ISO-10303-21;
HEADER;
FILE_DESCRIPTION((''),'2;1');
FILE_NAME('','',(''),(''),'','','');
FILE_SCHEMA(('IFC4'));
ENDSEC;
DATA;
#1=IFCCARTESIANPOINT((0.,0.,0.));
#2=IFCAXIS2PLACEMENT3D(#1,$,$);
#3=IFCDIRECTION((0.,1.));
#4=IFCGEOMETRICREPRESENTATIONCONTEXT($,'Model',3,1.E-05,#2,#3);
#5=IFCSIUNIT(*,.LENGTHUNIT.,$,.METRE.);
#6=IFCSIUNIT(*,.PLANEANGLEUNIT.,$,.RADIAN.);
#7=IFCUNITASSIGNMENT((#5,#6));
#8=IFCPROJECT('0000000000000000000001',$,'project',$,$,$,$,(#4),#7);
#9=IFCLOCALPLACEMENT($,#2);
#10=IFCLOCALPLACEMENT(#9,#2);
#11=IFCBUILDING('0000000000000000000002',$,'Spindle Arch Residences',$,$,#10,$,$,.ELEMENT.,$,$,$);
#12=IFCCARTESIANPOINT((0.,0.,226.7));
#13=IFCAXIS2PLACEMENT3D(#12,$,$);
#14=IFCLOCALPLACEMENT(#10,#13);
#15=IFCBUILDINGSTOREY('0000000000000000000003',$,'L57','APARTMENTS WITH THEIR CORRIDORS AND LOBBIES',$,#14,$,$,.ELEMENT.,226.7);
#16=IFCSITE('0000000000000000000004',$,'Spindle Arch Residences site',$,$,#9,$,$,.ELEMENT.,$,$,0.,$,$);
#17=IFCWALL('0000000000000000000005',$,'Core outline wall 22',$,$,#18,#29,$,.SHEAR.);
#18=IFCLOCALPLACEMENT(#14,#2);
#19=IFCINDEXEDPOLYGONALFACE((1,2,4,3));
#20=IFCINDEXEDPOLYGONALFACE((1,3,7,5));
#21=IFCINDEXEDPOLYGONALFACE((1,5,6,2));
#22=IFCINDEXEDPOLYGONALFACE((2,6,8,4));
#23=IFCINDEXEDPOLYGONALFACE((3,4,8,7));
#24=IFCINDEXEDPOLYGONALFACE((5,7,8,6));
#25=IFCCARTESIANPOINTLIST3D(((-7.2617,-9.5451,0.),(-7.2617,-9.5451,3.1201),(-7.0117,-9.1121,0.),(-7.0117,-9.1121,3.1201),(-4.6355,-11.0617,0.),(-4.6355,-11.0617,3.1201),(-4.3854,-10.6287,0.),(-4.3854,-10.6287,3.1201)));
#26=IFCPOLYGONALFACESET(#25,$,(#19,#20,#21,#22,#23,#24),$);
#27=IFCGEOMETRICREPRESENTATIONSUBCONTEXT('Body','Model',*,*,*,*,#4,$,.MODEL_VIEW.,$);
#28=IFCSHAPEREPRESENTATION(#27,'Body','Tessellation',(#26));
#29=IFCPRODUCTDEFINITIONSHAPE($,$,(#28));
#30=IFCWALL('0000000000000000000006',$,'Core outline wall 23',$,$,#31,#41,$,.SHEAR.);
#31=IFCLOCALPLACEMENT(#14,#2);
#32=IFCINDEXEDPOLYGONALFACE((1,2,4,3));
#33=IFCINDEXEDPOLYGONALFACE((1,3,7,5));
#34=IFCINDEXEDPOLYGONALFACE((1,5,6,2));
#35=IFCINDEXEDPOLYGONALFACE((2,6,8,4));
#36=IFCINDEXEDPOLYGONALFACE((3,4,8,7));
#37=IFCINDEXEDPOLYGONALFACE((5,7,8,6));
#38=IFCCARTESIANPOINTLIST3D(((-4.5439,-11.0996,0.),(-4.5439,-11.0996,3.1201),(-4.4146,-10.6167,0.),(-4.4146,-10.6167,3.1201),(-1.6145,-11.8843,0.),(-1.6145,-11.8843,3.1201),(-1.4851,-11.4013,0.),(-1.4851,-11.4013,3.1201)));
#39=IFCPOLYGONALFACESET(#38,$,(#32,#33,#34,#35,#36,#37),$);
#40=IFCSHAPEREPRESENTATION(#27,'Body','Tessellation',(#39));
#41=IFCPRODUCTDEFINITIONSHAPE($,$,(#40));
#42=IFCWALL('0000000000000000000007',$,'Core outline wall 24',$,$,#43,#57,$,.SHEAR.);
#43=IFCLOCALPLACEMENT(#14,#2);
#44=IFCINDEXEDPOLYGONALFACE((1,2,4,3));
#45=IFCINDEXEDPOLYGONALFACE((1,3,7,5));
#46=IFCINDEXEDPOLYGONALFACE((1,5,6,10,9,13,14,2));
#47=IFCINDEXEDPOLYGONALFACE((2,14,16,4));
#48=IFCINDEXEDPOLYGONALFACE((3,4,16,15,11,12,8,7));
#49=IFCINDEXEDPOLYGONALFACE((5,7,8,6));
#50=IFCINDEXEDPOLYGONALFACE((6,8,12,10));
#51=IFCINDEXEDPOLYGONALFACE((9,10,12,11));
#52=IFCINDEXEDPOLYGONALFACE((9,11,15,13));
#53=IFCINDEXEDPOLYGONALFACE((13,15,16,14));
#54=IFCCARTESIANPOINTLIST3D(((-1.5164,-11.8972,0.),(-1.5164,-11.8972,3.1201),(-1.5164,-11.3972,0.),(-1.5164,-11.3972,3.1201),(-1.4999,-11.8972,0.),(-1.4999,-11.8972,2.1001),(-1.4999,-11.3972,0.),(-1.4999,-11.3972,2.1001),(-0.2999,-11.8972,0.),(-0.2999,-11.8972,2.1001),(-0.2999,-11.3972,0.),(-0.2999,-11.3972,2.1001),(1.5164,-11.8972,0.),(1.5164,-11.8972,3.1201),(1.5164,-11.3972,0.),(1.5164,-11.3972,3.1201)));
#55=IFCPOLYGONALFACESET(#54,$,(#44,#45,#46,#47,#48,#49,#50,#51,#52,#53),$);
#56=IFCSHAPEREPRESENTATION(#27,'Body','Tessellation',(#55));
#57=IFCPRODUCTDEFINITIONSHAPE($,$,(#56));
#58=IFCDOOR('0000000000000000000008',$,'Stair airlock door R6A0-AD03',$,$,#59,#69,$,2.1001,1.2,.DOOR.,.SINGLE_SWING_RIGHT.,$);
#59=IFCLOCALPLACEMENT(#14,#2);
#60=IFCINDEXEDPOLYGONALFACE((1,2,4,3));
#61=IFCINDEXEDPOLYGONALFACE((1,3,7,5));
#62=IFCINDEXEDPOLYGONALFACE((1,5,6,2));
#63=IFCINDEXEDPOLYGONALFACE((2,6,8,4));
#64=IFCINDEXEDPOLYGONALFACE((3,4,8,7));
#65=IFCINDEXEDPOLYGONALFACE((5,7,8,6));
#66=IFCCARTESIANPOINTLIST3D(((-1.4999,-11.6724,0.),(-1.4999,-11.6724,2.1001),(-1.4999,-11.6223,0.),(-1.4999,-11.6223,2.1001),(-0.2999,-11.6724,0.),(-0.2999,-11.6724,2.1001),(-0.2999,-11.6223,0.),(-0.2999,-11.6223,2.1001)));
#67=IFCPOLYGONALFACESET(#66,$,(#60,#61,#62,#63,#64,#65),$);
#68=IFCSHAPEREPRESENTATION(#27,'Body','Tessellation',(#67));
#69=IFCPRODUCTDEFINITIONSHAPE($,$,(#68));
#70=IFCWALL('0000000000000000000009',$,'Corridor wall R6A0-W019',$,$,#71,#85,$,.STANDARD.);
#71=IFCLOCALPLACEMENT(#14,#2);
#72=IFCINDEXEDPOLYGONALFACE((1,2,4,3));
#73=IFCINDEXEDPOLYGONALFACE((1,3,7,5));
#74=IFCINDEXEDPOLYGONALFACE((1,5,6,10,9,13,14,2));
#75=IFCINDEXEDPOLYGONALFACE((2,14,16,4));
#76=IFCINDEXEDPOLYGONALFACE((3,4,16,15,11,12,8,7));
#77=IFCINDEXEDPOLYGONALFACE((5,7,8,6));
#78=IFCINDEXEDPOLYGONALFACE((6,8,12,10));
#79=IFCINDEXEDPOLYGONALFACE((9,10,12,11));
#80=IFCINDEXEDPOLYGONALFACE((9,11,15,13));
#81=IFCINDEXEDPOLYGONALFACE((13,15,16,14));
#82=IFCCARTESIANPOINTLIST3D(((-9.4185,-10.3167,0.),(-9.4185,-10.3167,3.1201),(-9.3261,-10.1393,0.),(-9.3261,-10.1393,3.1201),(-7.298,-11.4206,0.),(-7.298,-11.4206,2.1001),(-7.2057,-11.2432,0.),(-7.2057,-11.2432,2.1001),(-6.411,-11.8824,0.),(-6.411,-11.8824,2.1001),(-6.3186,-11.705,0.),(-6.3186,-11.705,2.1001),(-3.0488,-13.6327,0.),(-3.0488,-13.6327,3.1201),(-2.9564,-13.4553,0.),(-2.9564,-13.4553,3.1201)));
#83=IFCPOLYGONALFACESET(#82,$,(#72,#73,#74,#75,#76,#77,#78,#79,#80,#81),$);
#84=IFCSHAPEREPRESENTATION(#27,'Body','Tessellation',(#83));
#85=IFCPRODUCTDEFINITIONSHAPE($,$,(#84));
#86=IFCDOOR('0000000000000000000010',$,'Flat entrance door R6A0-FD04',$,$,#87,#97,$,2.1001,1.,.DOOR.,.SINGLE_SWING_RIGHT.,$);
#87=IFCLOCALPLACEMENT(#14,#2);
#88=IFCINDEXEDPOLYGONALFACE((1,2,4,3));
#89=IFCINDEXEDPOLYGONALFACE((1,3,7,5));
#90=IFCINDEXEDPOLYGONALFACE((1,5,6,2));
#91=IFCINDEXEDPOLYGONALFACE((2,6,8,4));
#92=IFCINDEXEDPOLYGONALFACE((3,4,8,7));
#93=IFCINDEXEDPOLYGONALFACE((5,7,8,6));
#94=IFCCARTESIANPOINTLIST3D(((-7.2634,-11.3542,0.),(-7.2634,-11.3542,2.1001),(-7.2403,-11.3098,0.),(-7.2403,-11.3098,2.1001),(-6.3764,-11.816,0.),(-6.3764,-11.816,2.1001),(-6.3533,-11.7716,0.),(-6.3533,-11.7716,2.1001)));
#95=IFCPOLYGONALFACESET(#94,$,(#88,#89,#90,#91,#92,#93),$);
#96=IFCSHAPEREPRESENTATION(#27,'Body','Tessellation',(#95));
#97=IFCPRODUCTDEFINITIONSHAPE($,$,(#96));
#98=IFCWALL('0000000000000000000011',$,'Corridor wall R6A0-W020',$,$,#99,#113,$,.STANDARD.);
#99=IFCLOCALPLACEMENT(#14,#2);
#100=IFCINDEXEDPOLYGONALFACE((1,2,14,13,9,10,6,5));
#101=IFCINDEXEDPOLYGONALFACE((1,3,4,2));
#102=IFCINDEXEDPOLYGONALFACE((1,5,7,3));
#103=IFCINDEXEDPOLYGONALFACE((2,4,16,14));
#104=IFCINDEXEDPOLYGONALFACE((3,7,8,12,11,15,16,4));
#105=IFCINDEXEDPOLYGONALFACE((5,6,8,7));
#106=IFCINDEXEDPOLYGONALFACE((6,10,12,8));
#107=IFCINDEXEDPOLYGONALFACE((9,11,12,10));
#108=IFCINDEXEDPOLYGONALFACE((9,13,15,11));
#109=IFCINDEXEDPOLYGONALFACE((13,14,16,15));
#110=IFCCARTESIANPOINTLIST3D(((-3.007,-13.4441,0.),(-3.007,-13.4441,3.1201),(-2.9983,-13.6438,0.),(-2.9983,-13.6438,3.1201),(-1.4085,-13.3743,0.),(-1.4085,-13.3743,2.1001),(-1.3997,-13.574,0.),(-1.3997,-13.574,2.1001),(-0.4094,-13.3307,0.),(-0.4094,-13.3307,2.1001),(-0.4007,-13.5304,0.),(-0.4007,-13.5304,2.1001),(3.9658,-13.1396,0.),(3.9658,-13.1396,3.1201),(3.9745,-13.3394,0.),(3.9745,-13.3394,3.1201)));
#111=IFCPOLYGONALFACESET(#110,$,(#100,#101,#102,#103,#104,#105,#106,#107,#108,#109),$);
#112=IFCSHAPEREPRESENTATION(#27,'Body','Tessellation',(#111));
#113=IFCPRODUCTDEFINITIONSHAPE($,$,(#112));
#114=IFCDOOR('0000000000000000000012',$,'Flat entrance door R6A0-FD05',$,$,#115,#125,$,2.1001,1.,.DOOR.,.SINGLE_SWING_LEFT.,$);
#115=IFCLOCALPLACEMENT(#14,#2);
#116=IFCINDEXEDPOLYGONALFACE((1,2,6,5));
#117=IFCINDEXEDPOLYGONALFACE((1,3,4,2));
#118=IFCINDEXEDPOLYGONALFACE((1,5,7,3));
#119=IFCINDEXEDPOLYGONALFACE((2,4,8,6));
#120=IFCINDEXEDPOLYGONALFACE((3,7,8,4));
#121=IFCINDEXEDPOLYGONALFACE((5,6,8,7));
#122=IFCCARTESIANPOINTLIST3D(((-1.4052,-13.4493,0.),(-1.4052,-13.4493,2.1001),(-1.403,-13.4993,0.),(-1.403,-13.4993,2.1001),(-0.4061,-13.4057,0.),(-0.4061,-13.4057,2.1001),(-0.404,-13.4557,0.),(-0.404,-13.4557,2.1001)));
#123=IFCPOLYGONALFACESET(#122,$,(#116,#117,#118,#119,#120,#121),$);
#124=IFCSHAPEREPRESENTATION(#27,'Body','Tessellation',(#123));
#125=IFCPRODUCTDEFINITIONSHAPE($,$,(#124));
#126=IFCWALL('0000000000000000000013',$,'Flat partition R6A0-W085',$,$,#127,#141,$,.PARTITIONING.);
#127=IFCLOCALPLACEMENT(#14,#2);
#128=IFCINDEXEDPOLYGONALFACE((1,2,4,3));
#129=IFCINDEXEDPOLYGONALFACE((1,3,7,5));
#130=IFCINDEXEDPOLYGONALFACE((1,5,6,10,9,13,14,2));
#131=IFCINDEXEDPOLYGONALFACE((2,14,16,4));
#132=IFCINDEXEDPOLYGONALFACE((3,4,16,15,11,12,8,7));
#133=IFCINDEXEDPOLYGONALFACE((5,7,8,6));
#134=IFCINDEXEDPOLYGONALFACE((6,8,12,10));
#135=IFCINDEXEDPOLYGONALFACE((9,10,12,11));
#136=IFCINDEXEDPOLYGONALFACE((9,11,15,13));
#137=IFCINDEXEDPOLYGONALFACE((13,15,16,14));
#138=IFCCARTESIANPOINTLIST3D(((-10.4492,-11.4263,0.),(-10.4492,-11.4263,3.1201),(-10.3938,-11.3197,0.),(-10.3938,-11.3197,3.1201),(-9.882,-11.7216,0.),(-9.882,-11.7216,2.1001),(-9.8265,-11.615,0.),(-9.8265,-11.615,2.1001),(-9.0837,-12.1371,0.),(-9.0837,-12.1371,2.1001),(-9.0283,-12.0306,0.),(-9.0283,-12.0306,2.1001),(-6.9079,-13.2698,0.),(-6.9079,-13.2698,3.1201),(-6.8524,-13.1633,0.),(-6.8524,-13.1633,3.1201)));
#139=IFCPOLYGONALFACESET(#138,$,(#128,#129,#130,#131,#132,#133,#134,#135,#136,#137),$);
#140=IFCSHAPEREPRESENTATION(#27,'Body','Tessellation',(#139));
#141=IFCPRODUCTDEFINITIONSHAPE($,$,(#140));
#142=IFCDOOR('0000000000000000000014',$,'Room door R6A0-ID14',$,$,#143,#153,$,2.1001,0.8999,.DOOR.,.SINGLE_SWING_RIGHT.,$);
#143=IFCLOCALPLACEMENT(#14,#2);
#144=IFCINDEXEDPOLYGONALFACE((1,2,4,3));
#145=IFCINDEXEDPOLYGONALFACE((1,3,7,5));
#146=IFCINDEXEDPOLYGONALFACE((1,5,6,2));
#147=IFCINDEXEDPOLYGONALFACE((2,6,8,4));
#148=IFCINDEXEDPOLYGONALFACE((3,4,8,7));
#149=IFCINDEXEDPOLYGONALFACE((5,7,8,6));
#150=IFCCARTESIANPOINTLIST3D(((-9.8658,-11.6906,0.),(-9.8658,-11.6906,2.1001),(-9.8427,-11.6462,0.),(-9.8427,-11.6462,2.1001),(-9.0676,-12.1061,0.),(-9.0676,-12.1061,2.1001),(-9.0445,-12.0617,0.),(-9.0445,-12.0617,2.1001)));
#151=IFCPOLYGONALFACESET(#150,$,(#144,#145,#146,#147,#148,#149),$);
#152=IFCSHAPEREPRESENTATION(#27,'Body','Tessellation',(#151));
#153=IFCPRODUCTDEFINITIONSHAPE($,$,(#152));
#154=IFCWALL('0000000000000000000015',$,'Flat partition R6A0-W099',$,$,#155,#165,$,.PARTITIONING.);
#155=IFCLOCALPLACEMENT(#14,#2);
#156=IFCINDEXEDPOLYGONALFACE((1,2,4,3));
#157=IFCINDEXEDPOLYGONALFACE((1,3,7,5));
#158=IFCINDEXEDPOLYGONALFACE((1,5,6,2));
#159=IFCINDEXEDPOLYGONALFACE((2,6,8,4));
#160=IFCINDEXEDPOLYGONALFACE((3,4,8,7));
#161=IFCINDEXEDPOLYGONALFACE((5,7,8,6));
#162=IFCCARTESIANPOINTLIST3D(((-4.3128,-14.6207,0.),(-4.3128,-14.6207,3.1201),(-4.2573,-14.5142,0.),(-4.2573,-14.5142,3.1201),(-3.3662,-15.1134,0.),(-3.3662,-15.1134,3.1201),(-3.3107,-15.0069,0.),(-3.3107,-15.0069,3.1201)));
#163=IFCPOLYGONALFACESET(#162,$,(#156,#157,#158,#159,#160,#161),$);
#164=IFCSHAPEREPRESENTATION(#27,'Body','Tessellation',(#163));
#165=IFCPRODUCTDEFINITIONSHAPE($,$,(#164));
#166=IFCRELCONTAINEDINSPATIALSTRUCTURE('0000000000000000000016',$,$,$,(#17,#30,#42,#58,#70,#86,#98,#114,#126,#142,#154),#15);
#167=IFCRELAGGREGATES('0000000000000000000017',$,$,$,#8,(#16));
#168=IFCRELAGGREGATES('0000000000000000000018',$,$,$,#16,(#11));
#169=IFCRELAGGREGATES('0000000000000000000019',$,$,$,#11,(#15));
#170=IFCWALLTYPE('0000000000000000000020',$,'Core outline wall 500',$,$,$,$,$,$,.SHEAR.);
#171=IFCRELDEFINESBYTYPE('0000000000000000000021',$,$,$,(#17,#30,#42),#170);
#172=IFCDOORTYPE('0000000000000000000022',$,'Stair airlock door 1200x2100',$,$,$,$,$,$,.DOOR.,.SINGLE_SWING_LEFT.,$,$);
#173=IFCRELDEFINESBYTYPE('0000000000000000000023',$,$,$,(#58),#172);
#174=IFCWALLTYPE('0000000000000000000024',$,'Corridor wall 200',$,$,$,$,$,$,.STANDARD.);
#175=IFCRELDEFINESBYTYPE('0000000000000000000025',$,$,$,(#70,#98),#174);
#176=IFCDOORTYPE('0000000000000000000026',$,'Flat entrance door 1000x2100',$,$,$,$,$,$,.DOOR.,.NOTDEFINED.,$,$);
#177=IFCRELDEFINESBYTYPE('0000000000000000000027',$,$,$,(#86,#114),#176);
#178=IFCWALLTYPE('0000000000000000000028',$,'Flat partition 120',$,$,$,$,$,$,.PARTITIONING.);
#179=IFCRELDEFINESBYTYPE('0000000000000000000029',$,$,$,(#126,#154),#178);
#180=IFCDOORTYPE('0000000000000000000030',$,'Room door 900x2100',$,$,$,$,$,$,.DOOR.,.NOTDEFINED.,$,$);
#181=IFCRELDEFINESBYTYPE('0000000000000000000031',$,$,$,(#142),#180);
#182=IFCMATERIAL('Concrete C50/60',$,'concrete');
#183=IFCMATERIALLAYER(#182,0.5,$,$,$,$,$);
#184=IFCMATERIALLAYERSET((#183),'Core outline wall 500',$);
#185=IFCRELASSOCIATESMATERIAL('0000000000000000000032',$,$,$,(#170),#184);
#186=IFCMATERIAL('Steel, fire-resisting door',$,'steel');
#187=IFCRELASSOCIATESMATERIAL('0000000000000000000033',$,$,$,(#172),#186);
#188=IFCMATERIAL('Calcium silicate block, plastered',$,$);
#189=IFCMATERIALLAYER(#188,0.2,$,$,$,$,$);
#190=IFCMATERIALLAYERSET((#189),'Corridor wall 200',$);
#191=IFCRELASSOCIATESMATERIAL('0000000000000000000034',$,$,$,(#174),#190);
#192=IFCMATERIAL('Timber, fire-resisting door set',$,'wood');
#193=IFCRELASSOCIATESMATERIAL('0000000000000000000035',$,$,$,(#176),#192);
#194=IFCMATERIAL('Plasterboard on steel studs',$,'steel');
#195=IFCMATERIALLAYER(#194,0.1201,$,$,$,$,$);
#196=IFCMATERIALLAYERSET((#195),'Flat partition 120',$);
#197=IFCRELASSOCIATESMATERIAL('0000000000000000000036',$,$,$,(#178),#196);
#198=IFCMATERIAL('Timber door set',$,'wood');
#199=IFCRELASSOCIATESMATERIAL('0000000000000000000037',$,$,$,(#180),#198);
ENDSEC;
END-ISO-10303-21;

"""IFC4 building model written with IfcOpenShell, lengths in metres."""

from ifc_helpers import new_model, si_unit, direction, frame, frame_2d, origin, place, context, subcontext, project, spatial, rectangle, extrude, material, layer, layer_set, type_object, element, fill, save


model = new_model("IFC4")

# Units and contexts
model_context = context("Model", 3, precision=1e-05, world=origin(), true_north=direction((0.0, 1.0)))
body_context = subcontext(model_context, "Body", "Model", "MODEL_VIEW")
ifc_project = project(units=[si_unit("LENGTHUNIT", "METRE"), si_unit("PLANEANGLEUNIT", "RADIAN")], contexts=[model_context])

# Site, building, storey
site_placement = place(None, origin())
site = spatial("IfcSite", under=ifc_project, at=site_placement, Name="Spindle Arch Residences site", CompositionType="ELEMENT", RefElevation=0.0)
building_placement = place(site_placement, origin())
building = spatial("IfcBuilding", under=site, at=building_placement, Name="Spindle Arch Residences", CompositionType="ELEMENT")
storey_placement = place(building_placement, frame((0.0, 0.0, 226.7)))
storey = spatial("IfcBuildingStorey", under=building, at=storey_placement, Name="L57", Description="APARTMENTS WITH THEIR CORRIDORS AND LOBBIES", CompositionType="ELEMENT", Elevation=226.7)

# Walls
ifc_material_1 = material(Name="Concrete C50/60", Category="concrete")
ifc_layer_1 = layer(ifc_material_1, 0.5)
ifc_layer_set_1 = layer_set([ifc_layer_1], Name="Core outline wall 500")
wall_type_1 = type_object("IfcWallType", Name="Core outline wall 500", PredefinedType="SHEAR", material=ifc_layer_set_1)
for number, where, z_axis, x_axis, name in (
    (1, (-7.1367, -9.3286, 0.0), (0.0, 0.0, 1.0), (0.865975, -0.500087, 0.0), "Core outline wall 22"),
    (2, (-4.4792, -10.8582, 0.0), (0.0, 0.0, 1.0), (0.965948, -0.258735, 0.0), "Core outline wall 23"),
):
    element("IfcWall", number, at=place(storey_placement, frame(where, z_axis=z_axis, x_axis=x_axis)), inside=storey, type_object=wall_type_1, Name=name, PredefinedType="SHEAR", context=body_context, shape_type="SweptSolid", body=[
        extrude(rectangle(XDim=3.0327, YDim=0.5, at=frame_2d((1.5164, 0.0))), origin(), (0.0, 0.0, 1.0), 3.1201),
    ])

# Walls, openings, doors
wall_1_placement = place(storey_placement, frame((-1.5164, -11.6472, 0.0), z_axis=(0.0, 0.0, 1.0), x_axis=(1.0, 0.0, 0.0)))
wall_1 = element("IfcWall", 3, at=wall_1_placement, inside=storey, type_object=wall_type_1, Name="Core outline wall 24", PredefinedType="SHEAR", context=body_context, shape_type="SweptSolid", body=[
    extrude(rectangle(XDim=3.0327, YDim=0.5, at=frame_2d((1.5164, 0.0))), origin(), (0.0, 0.0, 1.0), 3.1201),
])
opening_1_placement = place(wall_1_placement, frame((0.0164, 0.0, 0.0)))
opening_1 = element("IfcOpeningElement", 4, at=opening_1_placement, cuts=wall_1, PredefinedType="OPENING", context=body_context, shape_type="SweptSolid", body=[
    extrude(rectangle(XDim=1.2, YDim=2.1001, at=frame_2d((0.6001, 1.05))), frame((0.0, 0.26, 0.0), z_axis=(0.0, -1.0, 0.0), x_axis=(1.0, 0.0, 0.0)), (0.0, 0.0, 1.0), 0.52),
])
ifc_material_2 = material(Name="Steel, fire-resisting door", Category="steel")
door_type_1 = type_object("IfcDoorType", Name="Stair airlock door 1200x2100", OperationType="SINGLE_SWING_LEFT", PredefinedType="DOOR", material=ifc_material_2)
door_1_placement = place(opening_1_placement, origin())
door_1 = element("IfcDoor", 5, at=door_1_placement, inside=storey, type_object=door_type_1, Name="Stair airlock door R6A0-AD03", OperationType="SINGLE_SWING_RIGHT", OverallHeight=2.1001, OverallWidth=1.2, PredefinedType="DOOR", context=body_context, shape_type="SweptSolid", body=[
    extrude(rectangle(XDim=1.2, YDim=2.1001, at=frame_2d((0.6001, 1.05))), frame((0.0, 0.0249, 0.0), z_axis=(0.0, -1.0, 0.0), x_axis=(1.0, 0.0, 0.0)), (0.0, 0.0, 1.0), 0.05),
])
fill(opening_1, door_1)
ifc_material_3 = material(Name="Calcium silicate block, plastered")
ifc_layer_2 = layer(ifc_material_3, 0.2)
ifc_layer_set_2 = layer_set([ifc_layer_2], Name="Corridor wall 200")
wall_type_2 = type_object("IfcWallType", Name="Corridor wall 200", PredefinedType="STANDARD", material=ifc_layer_set_2)
wall_2_placement = place(storey_placement, frame((-9.3723, -10.228, 0.0), z_axis=(0.0, 0.0, 1.0), x_axis=(0.887005, -0.461759, 0.0)))
wall_2 = element("IfcWall", 6, at=wall_2_placement, inside=storey, type_object=wall_type_2, Name="Corridor wall R6A0-W019", PredefinedType="STANDARD", context=body_context, shape_type="SweptSolid", body=[
    extrude(rectangle(XDim=7.1812, YDim=0.2, at=frame_2d((3.5906, 0.0))), origin(), (0.0, 0.0, 1.0), 3.1201),
])
opening_2_placement = place(wall_2_placement, frame((2.3906, 0.0, 0.0)))
opening_2 = element("IfcOpeningElement", 7, at=opening_2_placement, cuts=wall_2, PredefinedType="OPENING", context=body_context, shape_type="SweptSolid", body=[
    extrude(rectangle(XDim=1.0, YDim=2.1001, at=frame_2d((0.5, 1.05))), frame((0.0, 0.1099, 0.0), z_axis=(0.0, -1.0, 0.0), x_axis=(1.0, 0.0, 0.0)), (0.0, 0.0, 1.0), 0.22),
])
ifc_material_4 = material(Name="Timber, fire-resisting door set", Category="wood")
door_type_2 = type_object("IfcDoorType", Name="Flat entrance door 1000x2100", OperationType="NOTDEFINED", PredefinedType="DOOR", material=ifc_material_4)
door_2_placement = place(opening_2_placement, origin())
door_2 = element("IfcDoor", 8, at=door_2_placement, inside=storey, type_object=door_type_2, Name="Flat entrance door R6A0-FD04", OperationType="SINGLE_SWING_RIGHT", OverallHeight=2.1001, OverallWidth=1.0, PredefinedType="DOOR", context=body_context, shape_type="SweptSolid", body=[
    extrude(rectangle(XDim=1.0, YDim=2.1001, at=frame_2d((0.5, 1.05))), frame((0.0, 0.0249, 0.0), z_axis=(0.0, -1.0, 0.0), x_axis=(1.0, 0.0, 0.0)), (0.0, 0.0, 1.0), 0.05),
])
fill(opening_2, door_2)
wall_3_placement = place(storey_placement, frame((-3.0027, -13.5439, 0.0), z_axis=(0.0, 0.0, 1.0), x_axis=(0.999048, 0.043619, 0.0)))
wall_3 = element("IfcWall", 9, at=wall_3_placement, inside=storey, type_object=wall_type_2, Name="Corridor wall R6A0-W020", PredefinedType="STANDARD", context=body_context, shape_type="SweptSolid", body=[
    extrude(rectangle(XDim=6.9795, YDim=0.2, at=frame_2d((3.4897, 0.0))), origin(), (0.0, 0.0, 1.0), 3.1201),
])
opening_3_placement = place(wall_3_placement, frame((1.6001, 0.0, 0.0)))
opening_3 = element("IfcOpeningElement", 10, at=opening_3_placement, cuts=wall_3, PredefinedType="OPENING", context=body_context, shape_type="SweptSolid", body=[
    extrude(rectangle(XDim=1.0, YDim=2.1001, at=frame_2d((0.5, 1.05))), frame((0.0, 0.1099, 0.0), z_axis=(0.0, -1.0, 0.0), x_axis=(1.0, 0.0, 0.0)), (0.0, 0.0, 1.0), 0.22),
])
door_3_placement = place(opening_3_placement, origin())
door_3 = element("IfcDoor", 11, at=door_3_placement, inside=storey, type_object=door_type_2, Name="Flat entrance door R6A0-FD05", OperationType="SINGLE_SWING_LEFT", OverallHeight=2.1001, OverallWidth=1.0, PredefinedType="DOOR", context=body_context, shape_type="SweptSolid", body=[
    extrude(rectangle(XDim=1.0, YDim=2.1001, at=frame_2d((0.5, 1.05))), frame((0.0, 0.0249, 0.0), z_axis=(0.0, -1.0, 0.0), x_axis=(1.0, 0.0, 0.0)), (0.0, 0.0, 1.0), 0.05),
])
fill(opening_3, door_3)
ifc_material_5 = material(Name="Plasterboard on steel studs", Category="steel")
ifc_layer_3 = layer(ifc_material_5, 0.1201)
ifc_layer_set_3 = layer_set([ifc_layer_3], Name="Flat partition 120")
wall_type_3 = type_object("IfcWallType", Name="Flat partition 120", PredefinedType="PARTITIONING", material=ifc_layer_set_3)
wall_4_placement = place(storey_placement, frame((-10.4214, -11.373, 0.0), z_axis=(0.0, 0.0, 1.0), x_axis=(0.887006, -0.461757, 0.0)))
wall_4 = element("IfcWall", 12, at=wall_4_placement, inside=storey, type_object=wall_type_3, Name="Flat partition R6A0-W085", PredefinedType="PARTITIONING", context=body_context, shape_type="SweptSolid", body=[
    extrude(rectangle(XDim=3.9924, YDim=0.1201, at=frame_2d((1.9961, 0.0))), origin(), (0.0, 0.0, 1.0), 3.1201),
])
opening_4_placement = place(wall_4_placement, frame((0.6394, 0.0, 0.0)))
opening_4 = element("IfcOpeningElement", 13, at=opening_4_placement, cuts=wall_4, PredefinedType="OPENING", context=body_context, shape_type="SweptSolid", body=[
    extrude(rectangle(XDim=0.8999, YDim=2.1001, at=frame_2d((0.45, 1.05))), frame((0.0, 0.0701, 0.0), z_axis=(0.0, -1.0, 0.0), x_axis=(1.0, 0.0, 0.0)), (0.0, 0.0, 1.0), 0.1401),
])
ifc_material_6 = material(Name="Timber door set", Category="wood")
door_type_3 = type_object("IfcDoorType", Name="Room door 900x2100", OperationType="NOTDEFINED", PredefinedType="DOOR", material=ifc_material_6)
door_4_placement = place(opening_4_placement, origin())
door_4 = element("IfcDoor", 14, at=door_4_placement, inside=storey, type_object=door_type_3, Name="Room door R6A0-ID14", OperationType="SINGLE_SWING_RIGHT", OverallHeight=2.1001, OverallWidth=0.8999, PredefinedType="DOOR", context=body_context, shape_type="SweptSolid", body=[
    extrude(rectangle(XDim=0.8999, YDim=2.1001, at=frame_2d((0.45, 1.05))), frame((0.0, 0.0249, 0.0), z_axis=(0.0, -1.0, 0.0), x_axis=(1.0, 0.0, 0.0)), (0.0, 0.0, 1.0), 0.05),
])
fill(opening_4, door_4)

# Wall
wall_5_placement = place(storey_placement, frame((-4.2852, -14.5674, 0.0), z_axis=(0.0, 0.0, 1.0), x_axis=(0.887033, -0.461706, 0.0)))
element("IfcWall", 15, at=wall_5_placement, inside=storey, type_object=wall_type_3, Name="Flat partition R6A0-W099", PredefinedType="PARTITIONING", context=body_context, shape_type="SweptSolid", body=[
    extrude(rectangle(XDim=1.0671, YDim=0.1201, at=frame_2d((0.5337, 0.0))), origin(), (0.0, 0.0, 1.0), 3.1201),
])

save(model, "model.ifc")
